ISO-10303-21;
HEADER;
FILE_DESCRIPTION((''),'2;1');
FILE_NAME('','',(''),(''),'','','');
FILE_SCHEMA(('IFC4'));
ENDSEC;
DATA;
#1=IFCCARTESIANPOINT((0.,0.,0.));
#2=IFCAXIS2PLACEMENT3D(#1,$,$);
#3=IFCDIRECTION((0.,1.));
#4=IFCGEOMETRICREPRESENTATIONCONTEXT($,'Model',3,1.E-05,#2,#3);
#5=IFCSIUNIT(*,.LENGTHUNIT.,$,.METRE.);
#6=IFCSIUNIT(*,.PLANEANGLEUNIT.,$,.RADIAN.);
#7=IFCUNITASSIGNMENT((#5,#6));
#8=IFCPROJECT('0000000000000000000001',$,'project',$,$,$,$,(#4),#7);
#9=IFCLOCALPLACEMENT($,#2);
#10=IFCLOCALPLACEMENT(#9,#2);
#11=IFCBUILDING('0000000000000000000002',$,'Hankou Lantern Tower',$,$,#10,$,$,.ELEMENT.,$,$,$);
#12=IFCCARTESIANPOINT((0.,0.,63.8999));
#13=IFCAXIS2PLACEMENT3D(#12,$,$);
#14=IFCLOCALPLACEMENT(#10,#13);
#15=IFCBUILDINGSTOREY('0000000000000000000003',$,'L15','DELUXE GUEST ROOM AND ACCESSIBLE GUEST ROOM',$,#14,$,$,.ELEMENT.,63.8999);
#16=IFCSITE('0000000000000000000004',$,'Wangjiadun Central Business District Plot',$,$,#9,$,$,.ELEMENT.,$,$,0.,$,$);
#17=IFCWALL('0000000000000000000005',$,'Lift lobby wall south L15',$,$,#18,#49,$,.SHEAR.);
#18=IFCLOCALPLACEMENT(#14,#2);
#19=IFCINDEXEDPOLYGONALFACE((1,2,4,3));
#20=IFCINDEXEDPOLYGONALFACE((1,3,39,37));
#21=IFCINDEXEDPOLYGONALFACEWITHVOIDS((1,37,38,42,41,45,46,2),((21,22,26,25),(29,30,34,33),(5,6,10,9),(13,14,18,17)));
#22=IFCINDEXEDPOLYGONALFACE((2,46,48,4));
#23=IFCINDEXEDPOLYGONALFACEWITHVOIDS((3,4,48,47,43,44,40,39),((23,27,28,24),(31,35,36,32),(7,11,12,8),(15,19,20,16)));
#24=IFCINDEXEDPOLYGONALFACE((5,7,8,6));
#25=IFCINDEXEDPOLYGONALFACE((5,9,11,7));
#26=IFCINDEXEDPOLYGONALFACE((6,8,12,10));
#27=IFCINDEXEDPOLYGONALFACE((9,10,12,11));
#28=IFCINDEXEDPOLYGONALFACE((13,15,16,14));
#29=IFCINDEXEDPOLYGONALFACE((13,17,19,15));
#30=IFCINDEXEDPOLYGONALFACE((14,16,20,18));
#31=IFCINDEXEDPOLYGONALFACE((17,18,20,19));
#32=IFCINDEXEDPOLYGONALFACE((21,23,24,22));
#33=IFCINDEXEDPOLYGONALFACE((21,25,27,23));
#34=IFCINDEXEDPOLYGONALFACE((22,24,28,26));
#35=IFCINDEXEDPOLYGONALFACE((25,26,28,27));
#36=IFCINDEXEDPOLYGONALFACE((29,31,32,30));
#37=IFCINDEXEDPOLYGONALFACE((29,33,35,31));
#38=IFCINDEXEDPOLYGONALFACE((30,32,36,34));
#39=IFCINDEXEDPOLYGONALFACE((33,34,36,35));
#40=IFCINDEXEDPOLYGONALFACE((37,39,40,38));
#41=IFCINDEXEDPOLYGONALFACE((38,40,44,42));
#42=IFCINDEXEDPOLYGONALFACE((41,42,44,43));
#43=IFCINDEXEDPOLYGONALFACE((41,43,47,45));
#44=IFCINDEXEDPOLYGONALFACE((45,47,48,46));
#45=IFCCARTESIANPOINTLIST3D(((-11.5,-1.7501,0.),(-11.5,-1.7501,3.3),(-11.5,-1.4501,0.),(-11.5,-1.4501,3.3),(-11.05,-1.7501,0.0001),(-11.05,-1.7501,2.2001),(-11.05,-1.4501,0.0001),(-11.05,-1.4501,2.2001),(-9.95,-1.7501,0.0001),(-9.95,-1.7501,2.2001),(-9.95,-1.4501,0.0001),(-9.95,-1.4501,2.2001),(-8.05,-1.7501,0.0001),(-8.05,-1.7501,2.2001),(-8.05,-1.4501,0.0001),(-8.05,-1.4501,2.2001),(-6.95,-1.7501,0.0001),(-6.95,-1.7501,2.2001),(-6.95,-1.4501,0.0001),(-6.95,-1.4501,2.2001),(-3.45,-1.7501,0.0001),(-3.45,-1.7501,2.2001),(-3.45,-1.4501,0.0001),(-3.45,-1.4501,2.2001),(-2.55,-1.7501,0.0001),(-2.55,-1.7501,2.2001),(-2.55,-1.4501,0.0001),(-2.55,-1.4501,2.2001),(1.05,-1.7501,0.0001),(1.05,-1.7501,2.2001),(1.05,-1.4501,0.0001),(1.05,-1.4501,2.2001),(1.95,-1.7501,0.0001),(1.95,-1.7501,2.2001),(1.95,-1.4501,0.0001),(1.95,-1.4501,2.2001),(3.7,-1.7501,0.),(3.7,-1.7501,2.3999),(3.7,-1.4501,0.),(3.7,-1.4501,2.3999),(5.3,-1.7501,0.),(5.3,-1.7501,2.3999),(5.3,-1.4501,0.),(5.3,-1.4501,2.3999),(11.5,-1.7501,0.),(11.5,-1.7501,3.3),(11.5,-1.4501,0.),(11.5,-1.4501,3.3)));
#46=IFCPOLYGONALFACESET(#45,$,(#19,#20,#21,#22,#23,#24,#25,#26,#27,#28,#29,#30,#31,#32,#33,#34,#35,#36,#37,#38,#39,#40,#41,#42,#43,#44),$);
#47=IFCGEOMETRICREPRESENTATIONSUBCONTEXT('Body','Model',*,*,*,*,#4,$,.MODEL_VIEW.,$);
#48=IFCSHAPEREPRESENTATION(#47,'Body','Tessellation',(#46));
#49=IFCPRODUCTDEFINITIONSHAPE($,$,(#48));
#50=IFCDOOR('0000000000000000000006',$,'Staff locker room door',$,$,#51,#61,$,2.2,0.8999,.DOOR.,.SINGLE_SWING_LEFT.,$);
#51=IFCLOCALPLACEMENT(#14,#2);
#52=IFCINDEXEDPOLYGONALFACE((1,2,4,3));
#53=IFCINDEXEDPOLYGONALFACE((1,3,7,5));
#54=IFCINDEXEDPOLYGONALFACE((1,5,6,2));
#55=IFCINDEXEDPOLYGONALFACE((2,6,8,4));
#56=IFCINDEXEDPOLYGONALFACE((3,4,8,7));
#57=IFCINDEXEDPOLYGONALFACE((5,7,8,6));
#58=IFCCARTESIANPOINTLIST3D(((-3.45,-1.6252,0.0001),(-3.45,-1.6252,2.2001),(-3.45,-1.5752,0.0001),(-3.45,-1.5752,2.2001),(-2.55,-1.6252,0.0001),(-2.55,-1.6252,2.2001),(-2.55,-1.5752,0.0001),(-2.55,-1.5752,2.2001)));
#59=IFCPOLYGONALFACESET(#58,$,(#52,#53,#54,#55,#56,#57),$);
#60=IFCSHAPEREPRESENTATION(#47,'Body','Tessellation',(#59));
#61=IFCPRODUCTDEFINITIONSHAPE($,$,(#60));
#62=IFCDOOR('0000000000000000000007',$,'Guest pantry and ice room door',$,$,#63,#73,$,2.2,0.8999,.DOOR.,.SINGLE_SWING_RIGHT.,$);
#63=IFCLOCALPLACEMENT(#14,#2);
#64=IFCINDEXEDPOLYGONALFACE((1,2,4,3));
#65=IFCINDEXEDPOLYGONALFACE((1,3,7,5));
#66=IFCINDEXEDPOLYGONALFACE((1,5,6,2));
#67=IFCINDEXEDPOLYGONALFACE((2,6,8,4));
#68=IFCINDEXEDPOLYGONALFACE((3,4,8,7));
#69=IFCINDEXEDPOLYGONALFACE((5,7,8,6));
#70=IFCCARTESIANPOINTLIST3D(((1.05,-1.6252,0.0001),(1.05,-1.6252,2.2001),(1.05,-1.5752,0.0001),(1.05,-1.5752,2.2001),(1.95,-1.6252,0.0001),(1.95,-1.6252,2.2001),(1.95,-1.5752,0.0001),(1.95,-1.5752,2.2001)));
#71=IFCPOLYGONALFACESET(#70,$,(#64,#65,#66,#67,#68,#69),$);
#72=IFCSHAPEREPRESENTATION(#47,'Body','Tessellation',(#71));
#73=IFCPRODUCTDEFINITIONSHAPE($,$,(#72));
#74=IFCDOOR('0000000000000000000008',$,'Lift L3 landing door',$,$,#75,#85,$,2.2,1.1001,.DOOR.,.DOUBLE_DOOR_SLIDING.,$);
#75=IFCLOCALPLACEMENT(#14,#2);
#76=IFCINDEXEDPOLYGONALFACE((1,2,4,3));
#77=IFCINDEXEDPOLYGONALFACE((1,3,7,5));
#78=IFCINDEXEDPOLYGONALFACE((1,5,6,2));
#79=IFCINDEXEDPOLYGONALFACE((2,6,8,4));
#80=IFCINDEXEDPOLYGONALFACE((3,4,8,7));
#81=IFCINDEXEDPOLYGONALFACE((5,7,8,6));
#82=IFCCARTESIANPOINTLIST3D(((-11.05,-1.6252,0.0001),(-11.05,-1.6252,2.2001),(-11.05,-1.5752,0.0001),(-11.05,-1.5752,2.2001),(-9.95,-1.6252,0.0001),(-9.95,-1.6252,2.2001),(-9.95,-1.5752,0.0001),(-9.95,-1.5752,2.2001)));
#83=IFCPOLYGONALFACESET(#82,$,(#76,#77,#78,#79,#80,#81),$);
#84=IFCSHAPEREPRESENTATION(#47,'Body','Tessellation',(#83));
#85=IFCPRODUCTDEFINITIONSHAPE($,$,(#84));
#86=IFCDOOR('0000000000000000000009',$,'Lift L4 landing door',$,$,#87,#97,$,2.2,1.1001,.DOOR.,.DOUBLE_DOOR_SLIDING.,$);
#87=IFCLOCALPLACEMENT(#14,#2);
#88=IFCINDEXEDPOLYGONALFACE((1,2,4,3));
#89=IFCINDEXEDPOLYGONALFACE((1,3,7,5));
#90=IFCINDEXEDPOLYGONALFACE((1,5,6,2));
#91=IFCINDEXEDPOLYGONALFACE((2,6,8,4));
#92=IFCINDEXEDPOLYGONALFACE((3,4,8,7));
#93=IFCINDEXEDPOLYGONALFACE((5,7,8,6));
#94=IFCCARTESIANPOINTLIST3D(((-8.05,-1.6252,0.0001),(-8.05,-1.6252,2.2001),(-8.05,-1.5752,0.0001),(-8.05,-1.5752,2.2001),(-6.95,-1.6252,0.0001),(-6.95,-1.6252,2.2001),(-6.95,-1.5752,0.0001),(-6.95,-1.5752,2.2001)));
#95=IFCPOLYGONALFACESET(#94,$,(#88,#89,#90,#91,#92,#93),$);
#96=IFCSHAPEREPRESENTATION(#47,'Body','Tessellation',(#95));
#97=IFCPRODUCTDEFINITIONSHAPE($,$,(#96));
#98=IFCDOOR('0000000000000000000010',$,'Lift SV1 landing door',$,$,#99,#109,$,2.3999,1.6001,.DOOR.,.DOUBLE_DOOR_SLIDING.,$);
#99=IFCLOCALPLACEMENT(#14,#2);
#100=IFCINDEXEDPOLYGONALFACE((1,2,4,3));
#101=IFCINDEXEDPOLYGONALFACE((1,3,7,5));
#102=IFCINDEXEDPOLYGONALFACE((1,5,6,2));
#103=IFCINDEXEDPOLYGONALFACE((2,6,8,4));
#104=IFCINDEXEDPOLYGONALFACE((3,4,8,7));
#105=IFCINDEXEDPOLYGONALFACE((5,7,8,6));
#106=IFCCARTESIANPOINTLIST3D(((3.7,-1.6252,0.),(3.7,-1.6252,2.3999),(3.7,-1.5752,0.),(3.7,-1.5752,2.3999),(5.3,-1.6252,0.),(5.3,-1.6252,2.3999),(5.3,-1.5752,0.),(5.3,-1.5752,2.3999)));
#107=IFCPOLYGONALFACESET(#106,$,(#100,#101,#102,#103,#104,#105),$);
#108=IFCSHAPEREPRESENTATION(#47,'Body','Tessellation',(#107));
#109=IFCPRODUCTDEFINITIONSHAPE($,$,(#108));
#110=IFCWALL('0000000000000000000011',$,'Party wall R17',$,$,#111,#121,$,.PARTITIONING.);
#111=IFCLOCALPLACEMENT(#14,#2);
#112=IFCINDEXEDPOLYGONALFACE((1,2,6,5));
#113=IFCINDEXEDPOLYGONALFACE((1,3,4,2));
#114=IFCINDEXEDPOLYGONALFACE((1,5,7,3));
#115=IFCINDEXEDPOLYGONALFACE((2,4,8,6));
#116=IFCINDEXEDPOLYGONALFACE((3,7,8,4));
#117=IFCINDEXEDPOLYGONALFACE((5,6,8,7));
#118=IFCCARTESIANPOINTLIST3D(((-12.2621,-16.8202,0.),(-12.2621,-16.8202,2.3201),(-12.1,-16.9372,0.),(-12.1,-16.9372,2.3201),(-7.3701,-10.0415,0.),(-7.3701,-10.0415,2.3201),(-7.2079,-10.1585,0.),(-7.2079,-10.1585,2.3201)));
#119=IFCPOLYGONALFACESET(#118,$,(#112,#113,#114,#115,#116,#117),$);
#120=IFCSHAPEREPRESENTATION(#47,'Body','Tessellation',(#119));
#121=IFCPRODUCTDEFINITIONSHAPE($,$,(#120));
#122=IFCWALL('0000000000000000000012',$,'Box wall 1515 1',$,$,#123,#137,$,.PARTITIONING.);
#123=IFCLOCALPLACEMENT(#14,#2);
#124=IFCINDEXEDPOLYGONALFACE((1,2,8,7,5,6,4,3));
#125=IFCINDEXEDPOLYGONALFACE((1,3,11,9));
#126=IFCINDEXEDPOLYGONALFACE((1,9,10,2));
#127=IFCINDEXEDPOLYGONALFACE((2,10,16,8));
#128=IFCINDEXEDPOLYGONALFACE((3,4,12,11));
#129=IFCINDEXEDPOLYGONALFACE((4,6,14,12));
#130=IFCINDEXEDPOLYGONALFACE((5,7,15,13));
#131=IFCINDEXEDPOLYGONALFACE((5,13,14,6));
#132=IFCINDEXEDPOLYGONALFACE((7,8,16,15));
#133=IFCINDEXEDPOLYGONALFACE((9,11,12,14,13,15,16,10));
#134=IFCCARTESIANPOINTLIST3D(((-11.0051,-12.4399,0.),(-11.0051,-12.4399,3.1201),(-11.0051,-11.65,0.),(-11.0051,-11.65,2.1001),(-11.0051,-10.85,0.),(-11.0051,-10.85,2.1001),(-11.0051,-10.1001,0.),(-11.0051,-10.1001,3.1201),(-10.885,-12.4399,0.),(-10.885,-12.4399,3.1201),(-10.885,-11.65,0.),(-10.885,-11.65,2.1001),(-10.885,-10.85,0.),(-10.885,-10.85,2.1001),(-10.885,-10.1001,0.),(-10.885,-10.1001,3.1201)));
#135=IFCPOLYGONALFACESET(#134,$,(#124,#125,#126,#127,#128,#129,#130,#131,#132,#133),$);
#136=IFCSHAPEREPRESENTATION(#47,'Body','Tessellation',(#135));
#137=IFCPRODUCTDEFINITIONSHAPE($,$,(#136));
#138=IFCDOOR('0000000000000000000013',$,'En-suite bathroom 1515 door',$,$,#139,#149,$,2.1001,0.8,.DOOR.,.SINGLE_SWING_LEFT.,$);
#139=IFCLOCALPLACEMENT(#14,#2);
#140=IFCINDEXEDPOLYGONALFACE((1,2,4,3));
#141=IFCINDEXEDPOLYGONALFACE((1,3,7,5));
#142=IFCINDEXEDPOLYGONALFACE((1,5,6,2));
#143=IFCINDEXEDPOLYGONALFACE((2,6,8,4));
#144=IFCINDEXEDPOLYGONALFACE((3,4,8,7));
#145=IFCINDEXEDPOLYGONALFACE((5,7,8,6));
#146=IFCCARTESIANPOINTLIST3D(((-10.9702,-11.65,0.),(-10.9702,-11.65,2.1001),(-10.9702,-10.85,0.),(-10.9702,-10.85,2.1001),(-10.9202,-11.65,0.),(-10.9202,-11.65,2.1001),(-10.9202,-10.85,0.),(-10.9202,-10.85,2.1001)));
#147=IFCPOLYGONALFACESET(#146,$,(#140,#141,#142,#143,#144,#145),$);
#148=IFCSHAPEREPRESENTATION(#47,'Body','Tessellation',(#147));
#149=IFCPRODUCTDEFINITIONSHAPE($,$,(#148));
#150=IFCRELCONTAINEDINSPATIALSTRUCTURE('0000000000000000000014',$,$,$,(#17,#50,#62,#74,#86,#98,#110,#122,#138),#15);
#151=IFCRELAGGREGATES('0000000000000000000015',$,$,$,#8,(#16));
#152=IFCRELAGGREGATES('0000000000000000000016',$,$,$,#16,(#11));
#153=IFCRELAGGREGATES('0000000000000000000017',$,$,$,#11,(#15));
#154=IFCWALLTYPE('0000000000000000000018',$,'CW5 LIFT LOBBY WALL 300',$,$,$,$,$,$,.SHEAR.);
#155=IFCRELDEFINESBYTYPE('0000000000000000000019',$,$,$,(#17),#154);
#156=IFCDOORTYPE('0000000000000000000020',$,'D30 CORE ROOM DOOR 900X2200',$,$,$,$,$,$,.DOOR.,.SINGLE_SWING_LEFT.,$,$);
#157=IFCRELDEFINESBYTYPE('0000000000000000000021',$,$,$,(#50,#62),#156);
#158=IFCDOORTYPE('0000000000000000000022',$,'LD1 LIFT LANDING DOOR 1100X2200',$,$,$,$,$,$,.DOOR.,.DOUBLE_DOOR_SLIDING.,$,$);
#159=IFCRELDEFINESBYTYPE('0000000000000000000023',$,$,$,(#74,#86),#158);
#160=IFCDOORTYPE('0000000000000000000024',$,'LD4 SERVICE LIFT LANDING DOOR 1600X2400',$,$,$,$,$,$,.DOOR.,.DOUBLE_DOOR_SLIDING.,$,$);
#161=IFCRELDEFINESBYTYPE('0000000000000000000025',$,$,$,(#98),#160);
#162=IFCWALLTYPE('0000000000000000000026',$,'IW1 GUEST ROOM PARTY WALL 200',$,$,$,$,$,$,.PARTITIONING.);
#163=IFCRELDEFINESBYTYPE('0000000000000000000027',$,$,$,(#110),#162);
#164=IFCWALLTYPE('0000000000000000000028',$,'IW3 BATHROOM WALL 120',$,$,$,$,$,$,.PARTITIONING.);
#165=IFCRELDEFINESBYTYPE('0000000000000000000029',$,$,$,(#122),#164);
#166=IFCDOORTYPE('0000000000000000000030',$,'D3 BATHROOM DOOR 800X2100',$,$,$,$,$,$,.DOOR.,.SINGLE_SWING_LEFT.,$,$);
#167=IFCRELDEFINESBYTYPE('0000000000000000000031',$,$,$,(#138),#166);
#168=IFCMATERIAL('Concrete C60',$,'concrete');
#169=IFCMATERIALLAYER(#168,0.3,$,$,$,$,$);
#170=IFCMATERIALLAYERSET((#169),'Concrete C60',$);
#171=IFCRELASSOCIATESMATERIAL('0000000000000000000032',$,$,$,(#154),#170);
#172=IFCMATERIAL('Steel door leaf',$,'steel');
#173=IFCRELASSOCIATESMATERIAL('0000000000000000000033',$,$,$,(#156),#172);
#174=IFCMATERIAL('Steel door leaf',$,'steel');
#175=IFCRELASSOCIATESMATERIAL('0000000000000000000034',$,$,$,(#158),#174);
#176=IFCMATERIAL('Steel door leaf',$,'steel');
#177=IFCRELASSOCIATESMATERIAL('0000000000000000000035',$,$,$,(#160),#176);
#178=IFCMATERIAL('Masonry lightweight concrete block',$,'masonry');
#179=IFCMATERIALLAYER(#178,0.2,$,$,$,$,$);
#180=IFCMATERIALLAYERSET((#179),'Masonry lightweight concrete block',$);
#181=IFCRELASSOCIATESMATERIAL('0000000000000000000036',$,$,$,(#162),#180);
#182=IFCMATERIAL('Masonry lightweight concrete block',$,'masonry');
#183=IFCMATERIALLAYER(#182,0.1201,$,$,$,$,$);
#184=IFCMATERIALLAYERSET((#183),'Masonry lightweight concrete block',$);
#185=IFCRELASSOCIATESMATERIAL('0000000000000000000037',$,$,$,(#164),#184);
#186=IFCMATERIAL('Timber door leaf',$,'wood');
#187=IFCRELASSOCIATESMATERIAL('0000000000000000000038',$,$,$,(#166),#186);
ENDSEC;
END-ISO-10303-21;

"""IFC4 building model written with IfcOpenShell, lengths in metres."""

from ifc_helpers import new_model, si_unit, direction, frame, frame_2d, origin, place, context, subcontext, project, spatial, rectangle, extrude, material, layer, layer_set, type_object, element, fill, save


model = new_model("IFC4")

# Units and contexts
model_context = context("Model", 3, precision=1e-05, world=origin(), true_north=direction((0.0, 1.0)))
body_context = subcontext(model_context, "Body", "Model", "MODEL_VIEW")
ifc_project = project(units=[si_unit("LENGTHUNIT", "METRE"), si_unit("PLANEANGLEUNIT", "RADIAN")], contexts=[model_context])

# Site, building, storey
site_placement = place(None, origin())
site = spatial("IfcSite", under=ifc_project, at=site_placement, Name="Wangjiadun Central Business District Plot", CompositionType="ELEMENT", RefElevation=0.0)
building_placement = place(site_placement, origin())
building = spatial("IfcBuilding", under=site, at=building_placement, Name="Hankou Lantern Tower", CompositionType="ELEMENT")
storey_placement = place(building_placement, frame((0.0, 0.0, 63.8999)))
storey = spatial("IfcBuildingStorey", under=building, at=storey_placement, Name="L15", Description="DELUXE GUEST ROOM AND ACCESSIBLE GUEST ROOM", CompositionType="ELEMENT", Elevation=63.8999)

# Wall, openings, doors
ifc_material_1 = material(Name="Concrete C60", Category="concrete")
ifc_layer_1 = layer(ifc_material_1, 0.3)
ifc_layer_set_1 = layer_set([ifc_layer_1], Name="Concrete C60")
wall_type_1 = type_object("IfcWallType", Name="CW5 LIFT LOBBY WALL 300", PredefinedType="SHEAR", material=ifc_layer_set_1)
ifc_material_2 = material(Name="Steel door leaf", Category="steel")
door_type_1 = type_object("IfcDoorType", Name="D30 CORE ROOM DOOR 900X2200", OperationType="SINGLE_SWING_LEFT", PredefinedType="DOOR", material=ifc_material_2)
ifc_material_3 = material(Name="Steel door leaf", Category="steel")
door_type_2 = type_object("IfcDoorType", Name="LD1 LIFT LANDING DOOR 1100X2200", OperationType="DOUBLE_DOOR_SLIDING", PredefinedType="DOOR", material=ifc_material_3)
wall_1_placement = place(storey_placement, frame((-11.5, -1.6001, 0.0), z_axis=(0.0, 0.0, 1.0), x_axis=(1.0, 0.0, 0.0)))
wall_1 = element("IfcWall", 1, at=wall_1_placement, inside=storey, type_object=wall_type_1, Name="Lift lobby wall south L15", PredefinedType="SHEAR", context=body_context, shape_type="SweptSolid", body=[
    extrude(rectangle(XDim=23.0, YDim=0.3, at=frame_2d((11.5, 0.0))), origin(), (0.0, 0.0, 1.0), 3.3),
])
opening_1_placement = place(wall_1_placement, frame((0.45, 0.0, 0.0)))
opening_1 = element("IfcOpeningElement", 2, at=opening_1_placement, cuts=wall_1, PredefinedType="OPENING", context=body_context, shape_type="SweptSolid", body=[
    extrude(rectangle(XDim=1.1001, YDim=2.2, at=frame_2d((0.55, 1.1001))), frame((0.0, 0.1599, 0.0), z_axis=(0.0, -1.0, 0.0), x_axis=(1.0, 0.0, 0.0)), (0.0, 0.0, 1.0), 0.3201),
])
opening_2_placement = place(wall_1_placement, frame((3.45, 0.0, 0.0)))
opening_2 = element("IfcOpeningElement", 3, at=opening_2_placement, cuts=wall_1, PredefinedType="OPENING", context=body_context, shape_type="SweptSolid", body=[
    extrude(rectangle(XDim=1.1001, YDim=2.2, at=frame_2d((0.55, 1.1001))), frame((0.0, 0.1599, 0.0), z_axis=(0.0, -1.0, 0.0), x_axis=(1.0, 0.0, 0.0)), (0.0, 0.0, 1.0), 0.3201),
])
opening_3_placement = place(wall_1_placement, frame((15.2, 0.0, 0.0)))
opening_3 = element("IfcOpeningElement", 4, at=opening_3_placement, cuts=wall_1, PredefinedType="OPENING", context=body_context, shape_type="SweptSolid", body=[
    extrude(rectangle(XDim=1.6001, YDim=2.3999, at=frame_2d((0.8, 1.2))), frame((0.0, 0.1599, 0.0), z_axis=(0.0, -1.0, 0.0), x_axis=(1.0, 0.0, 0.0)), (0.0, 0.0, 1.0), 0.3201),
])
opening_4_placement = place(wall_1_placement, frame((8.05, 0.0, 0.0)))
opening_4 = element("IfcOpeningElement", 5, at=opening_4_placement, cuts=wall_1, PredefinedType="OPENING", context=body_context, shape_type="SweptSolid", body=[
    extrude(rectangle(XDim=0.8999, YDim=2.2, at=frame_2d((0.45, 1.1001))), frame((0.0, 0.1599, 0.0), z_axis=(0.0, -1.0, 0.0), x_axis=(1.0, 0.0, 0.0)), (0.0, 0.0, 1.0), 0.3201),
])
opening_5_placement = place(wall_1_placement, frame((12.55, 0.0, 0.0)))
opening_5 = element("IfcOpeningElement", 6, at=opening_5_placement, cuts=wall_1, PredefinedType="OPENING", context=body_context, shape_type="SweptSolid", body=[
    extrude(rectangle(XDim=0.8999, YDim=2.2, at=frame_2d((0.45, 1.1001))), frame((0.0, 0.1599, 0.0), z_axis=(0.0, -1.0, 0.0), x_axis=(1.0, 0.0, 0.0)), (0.0, 0.0, 1.0), 0.3201),
])
door_1_placement = place(opening_4_placement, origin())
door_1 = element("IfcDoor", 7, at=door_1_placement, inside=storey, type_object=door_type_1, Name="Staff locker room door", OperationType="SINGLE_SWING_LEFT", OverallHeight=2.2, OverallWidth=0.8999, PredefinedType="DOOR", context=body_context, shape_type="SweptSolid", body=[
    extrude(rectangle(XDim=0.8999, YDim=2.2, at=frame_2d((0.45, 1.1001))), frame((0.0, 0.0249, 0.0), z_axis=(0.0, -1.0, 0.0), x_axis=(1.0, 0.0, 0.0)), (0.0, 0.0, 1.0), 0.05),
])
fill(opening_4, door_1)
door_2_placement = place(opening_5_placement, origin())
door_2 = element("IfcDoor", 8, at=door_2_placement, inside=storey, type_object=door_type_1, Name="Guest pantry and ice room door", OperationType="SINGLE_SWING_RIGHT", OverallHeight=2.2, OverallWidth=0.8999, PredefinedType="DOOR", context=body_context, shape_type="SweptSolid", body=[
    extrude(rectangle(XDim=0.8999, YDim=2.2, at=frame_2d((0.45, 1.1001))), frame((0.0, 0.0249, 0.0), z_axis=(0.0, -1.0, 0.0), x_axis=(1.0, 0.0, 0.0)), (0.0, 0.0, 1.0), 0.05),
])
fill(opening_5, door_2)
door_3_placement = place(opening_1_placement, origin())
door_3 = element("IfcDoor", 9, at=door_3_placement, inside=storey, type_object=door_type_2, Name="Lift L3 landing door", OperationType="DOUBLE_DOOR_SLIDING", OverallHeight=2.2, OverallWidth=1.1001, PredefinedType="DOOR", context=body_context, shape_type="SweptSolid", body=[
    extrude(rectangle(XDim=1.1001, YDim=2.2, at=frame_2d((0.55, 1.1001))), frame((0.0, 0.0249, 0.0), z_axis=(0.0, -1.0, 0.0), x_axis=(1.0, 0.0, 0.0)), (0.0, 0.0, 1.0), 0.05),
])
fill(opening_1, door_3)
door_4_placement = place(opening_2_placement, origin())
door_4 = element("IfcDoor", 10, at=door_4_placement, inside=storey, type_object=door_type_2, Name="Lift L4 landing door", OperationType="DOUBLE_DOOR_SLIDING", OverallHeight=2.2, OverallWidth=1.1001, PredefinedType="DOOR", context=body_context, shape_type="SweptSolid", body=[
    extrude(rectangle(XDim=1.1001, YDim=2.2, at=frame_2d((0.55, 1.1001))), frame((0.0, 0.0249, 0.0), z_axis=(0.0, -1.0, 0.0), x_axis=(1.0, 0.0, 0.0)), (0.0, 0.0, 1.0), 0.05),
])
fill(opening_2, door_4)
ifc_material_4 = material(Name="Steel door leaf", Category="steel")
door_type_3 = type_object("IfcDoorType", Name="LD4 SERVICE LIFT LANDING DOOR 1600X2400", OperationType="DOUBLE_DOOR_SLIDING", PredefinedType="DOOR", material=ifc_material_4)
door_5_placement = place(opening_3_placement, origin())
door_5 = element("IfcDoor", 11, at=door_5_placement, inside=storey, type_object=door_type_3, Name="Lift SV1 landing door", OperationType="DOUBLE_DOOR_SLIDING", OverallHeight=2.3999, OverallWidth=1.6001, PredefinedType="DOOR", context=body_context, shape_type="SweptSolid", body=[
    extrude(rectangle(XDim=1.6001, YDim=2.3999, at=frame_2d((0.8, 1.2))), frame((0.0, 0.0249, 0.0), z_axis=(0.0, -1.0, 0.0), x_axis=(1.0, 0.0, 0.0)), (0.0, 0.0, 1.0), 0.05),
])
fill(opening_3, door_5)

# Wall
ifc_material_5 = material(Name="Masonry lightweight concrete block", Category="masonry")
ifc_layer_2 = layer(ifc_material_5, 0.2)
ifc_layer_set_2 = layer_set([ifc_layer_2], Name="Masonry lightweight concrete block")
wall_type_2 = type_object("IfcWallType", Name="IW1 GUEST ROOM PARTY WALL 200", PredefinedType="PARTITIONING", material=ifc_layer_set_2)
wall_2_placement = place(storey_placement, frame((-7.2891, -10.1001, 0.0), z_axis=(0.0, 0.0, 1.0), x_axis=(-0.585198, -0.81089, 0.0)))
element("IfcWall", 12, at=wall_2_placement, inside=storey, type_object=wall_type_2, Name="Party wall R17", PredefinedType="PARTITIONING", context=body_context, shape_type="SweptSolid", body=[
    extrude(rectangle(XDim=8.3596, YDim=0.2, at=frame_2d((4.1797, 0.0))), origin(), (0.0, 0.0, 1.0), 2.3201),
])

# Wall, opening, door
ifc_material_6 = material(Name="Masonry lightweight concrete block", Category="masonry")
ifc_layer_3 = layer(ifc_material_6, 0.1201)
ifc_layer_set_3 = layer_set([ifc_layer_3], Name="Masonry lightweight concrete block")
wall_type_3 = type_object("IfcWallType", Name="IW3 BATHROOM WALL 120", PredefinedType="PARTITIONING", material=ifc_layer_set_3)
wall_3_placement = place(storey_placement, frame((-10.9451, -10.1001, 0.0), z_axis=(0.0, 0.0, 1.0), x_axis=(0.0, -1.0, 0.0)))
wall_3 = element("IfcWall", 13, at=wall_3_placement, inside=storey, type_object=wall_type_3, Name="Box wall 1515 1", PredefinedType="PARTITIONING", context=body_context, shape_type="SweptSolid", body=[
    extrude(rectangle(XDim=2.3398, YDim=0.1201, at=frame_2d((1.1699, 0.0))), origin(), (0.0, 0.0, 1.0), 3.1201),
])
opening_6_placement = place(wall_3_placement, frame((0.75, 0.0, 0.0)))
opening_6 = element("IfcOpeningElement", 14, at=opening_6_placement, cuts=wall_3, PredefinedType="OPENING", context=body_context, shape_type="SweptSolid", body=[
    extrude(rectangle(XDim=0.8, YDim=2.1001, at=frame_2d((0.3999, 1.05))), frame((0.0, 0.0701, 0.0), z_axis=(0.0, -1.0, 0.0), x_axis=(1.0, 0.0, 0.0)), (0.0, 0.0, 1.0), 0.1401),
])
ifc_material_7 = material(Name="Timber door leaf", Category="wood")
door_type_4 = type_object("IfcDoorType", Name="D3 BATHROOM DOOR 800X2100", OperationType="SINGLE_SWING_LEFT", PredefinedType="DOOR", material=ifc_material_7)
door_6_placement = place(opening_6_placement, origin())
door_6 = element("IfcDoor", 15, at=door_6_placement, inside=storey, type_object=door_type_4, Name="En-suite bathroom 1515 door", OperationType="SINGLE_SWING_LEFT", OverallHeight=2.1001, OverallWidth=0.8, PredefinedType="DOOR", context=body_context, shape_type="SweptSolid", body=[
    extrude(rectangle(XDim=0.8, YDim=2.1001, at=frame_2d((0.3999, 1.05))), frame((0.0, 0.0249, 0.0), z_axis=(0.0, -1.0, 0.0), x_axis=(1.0, 0.0, 0.0)), (0.0, 0.0, 1.0), 0.05),
])
fill(opening_6, door_6)

save(model, "model.ifc")
